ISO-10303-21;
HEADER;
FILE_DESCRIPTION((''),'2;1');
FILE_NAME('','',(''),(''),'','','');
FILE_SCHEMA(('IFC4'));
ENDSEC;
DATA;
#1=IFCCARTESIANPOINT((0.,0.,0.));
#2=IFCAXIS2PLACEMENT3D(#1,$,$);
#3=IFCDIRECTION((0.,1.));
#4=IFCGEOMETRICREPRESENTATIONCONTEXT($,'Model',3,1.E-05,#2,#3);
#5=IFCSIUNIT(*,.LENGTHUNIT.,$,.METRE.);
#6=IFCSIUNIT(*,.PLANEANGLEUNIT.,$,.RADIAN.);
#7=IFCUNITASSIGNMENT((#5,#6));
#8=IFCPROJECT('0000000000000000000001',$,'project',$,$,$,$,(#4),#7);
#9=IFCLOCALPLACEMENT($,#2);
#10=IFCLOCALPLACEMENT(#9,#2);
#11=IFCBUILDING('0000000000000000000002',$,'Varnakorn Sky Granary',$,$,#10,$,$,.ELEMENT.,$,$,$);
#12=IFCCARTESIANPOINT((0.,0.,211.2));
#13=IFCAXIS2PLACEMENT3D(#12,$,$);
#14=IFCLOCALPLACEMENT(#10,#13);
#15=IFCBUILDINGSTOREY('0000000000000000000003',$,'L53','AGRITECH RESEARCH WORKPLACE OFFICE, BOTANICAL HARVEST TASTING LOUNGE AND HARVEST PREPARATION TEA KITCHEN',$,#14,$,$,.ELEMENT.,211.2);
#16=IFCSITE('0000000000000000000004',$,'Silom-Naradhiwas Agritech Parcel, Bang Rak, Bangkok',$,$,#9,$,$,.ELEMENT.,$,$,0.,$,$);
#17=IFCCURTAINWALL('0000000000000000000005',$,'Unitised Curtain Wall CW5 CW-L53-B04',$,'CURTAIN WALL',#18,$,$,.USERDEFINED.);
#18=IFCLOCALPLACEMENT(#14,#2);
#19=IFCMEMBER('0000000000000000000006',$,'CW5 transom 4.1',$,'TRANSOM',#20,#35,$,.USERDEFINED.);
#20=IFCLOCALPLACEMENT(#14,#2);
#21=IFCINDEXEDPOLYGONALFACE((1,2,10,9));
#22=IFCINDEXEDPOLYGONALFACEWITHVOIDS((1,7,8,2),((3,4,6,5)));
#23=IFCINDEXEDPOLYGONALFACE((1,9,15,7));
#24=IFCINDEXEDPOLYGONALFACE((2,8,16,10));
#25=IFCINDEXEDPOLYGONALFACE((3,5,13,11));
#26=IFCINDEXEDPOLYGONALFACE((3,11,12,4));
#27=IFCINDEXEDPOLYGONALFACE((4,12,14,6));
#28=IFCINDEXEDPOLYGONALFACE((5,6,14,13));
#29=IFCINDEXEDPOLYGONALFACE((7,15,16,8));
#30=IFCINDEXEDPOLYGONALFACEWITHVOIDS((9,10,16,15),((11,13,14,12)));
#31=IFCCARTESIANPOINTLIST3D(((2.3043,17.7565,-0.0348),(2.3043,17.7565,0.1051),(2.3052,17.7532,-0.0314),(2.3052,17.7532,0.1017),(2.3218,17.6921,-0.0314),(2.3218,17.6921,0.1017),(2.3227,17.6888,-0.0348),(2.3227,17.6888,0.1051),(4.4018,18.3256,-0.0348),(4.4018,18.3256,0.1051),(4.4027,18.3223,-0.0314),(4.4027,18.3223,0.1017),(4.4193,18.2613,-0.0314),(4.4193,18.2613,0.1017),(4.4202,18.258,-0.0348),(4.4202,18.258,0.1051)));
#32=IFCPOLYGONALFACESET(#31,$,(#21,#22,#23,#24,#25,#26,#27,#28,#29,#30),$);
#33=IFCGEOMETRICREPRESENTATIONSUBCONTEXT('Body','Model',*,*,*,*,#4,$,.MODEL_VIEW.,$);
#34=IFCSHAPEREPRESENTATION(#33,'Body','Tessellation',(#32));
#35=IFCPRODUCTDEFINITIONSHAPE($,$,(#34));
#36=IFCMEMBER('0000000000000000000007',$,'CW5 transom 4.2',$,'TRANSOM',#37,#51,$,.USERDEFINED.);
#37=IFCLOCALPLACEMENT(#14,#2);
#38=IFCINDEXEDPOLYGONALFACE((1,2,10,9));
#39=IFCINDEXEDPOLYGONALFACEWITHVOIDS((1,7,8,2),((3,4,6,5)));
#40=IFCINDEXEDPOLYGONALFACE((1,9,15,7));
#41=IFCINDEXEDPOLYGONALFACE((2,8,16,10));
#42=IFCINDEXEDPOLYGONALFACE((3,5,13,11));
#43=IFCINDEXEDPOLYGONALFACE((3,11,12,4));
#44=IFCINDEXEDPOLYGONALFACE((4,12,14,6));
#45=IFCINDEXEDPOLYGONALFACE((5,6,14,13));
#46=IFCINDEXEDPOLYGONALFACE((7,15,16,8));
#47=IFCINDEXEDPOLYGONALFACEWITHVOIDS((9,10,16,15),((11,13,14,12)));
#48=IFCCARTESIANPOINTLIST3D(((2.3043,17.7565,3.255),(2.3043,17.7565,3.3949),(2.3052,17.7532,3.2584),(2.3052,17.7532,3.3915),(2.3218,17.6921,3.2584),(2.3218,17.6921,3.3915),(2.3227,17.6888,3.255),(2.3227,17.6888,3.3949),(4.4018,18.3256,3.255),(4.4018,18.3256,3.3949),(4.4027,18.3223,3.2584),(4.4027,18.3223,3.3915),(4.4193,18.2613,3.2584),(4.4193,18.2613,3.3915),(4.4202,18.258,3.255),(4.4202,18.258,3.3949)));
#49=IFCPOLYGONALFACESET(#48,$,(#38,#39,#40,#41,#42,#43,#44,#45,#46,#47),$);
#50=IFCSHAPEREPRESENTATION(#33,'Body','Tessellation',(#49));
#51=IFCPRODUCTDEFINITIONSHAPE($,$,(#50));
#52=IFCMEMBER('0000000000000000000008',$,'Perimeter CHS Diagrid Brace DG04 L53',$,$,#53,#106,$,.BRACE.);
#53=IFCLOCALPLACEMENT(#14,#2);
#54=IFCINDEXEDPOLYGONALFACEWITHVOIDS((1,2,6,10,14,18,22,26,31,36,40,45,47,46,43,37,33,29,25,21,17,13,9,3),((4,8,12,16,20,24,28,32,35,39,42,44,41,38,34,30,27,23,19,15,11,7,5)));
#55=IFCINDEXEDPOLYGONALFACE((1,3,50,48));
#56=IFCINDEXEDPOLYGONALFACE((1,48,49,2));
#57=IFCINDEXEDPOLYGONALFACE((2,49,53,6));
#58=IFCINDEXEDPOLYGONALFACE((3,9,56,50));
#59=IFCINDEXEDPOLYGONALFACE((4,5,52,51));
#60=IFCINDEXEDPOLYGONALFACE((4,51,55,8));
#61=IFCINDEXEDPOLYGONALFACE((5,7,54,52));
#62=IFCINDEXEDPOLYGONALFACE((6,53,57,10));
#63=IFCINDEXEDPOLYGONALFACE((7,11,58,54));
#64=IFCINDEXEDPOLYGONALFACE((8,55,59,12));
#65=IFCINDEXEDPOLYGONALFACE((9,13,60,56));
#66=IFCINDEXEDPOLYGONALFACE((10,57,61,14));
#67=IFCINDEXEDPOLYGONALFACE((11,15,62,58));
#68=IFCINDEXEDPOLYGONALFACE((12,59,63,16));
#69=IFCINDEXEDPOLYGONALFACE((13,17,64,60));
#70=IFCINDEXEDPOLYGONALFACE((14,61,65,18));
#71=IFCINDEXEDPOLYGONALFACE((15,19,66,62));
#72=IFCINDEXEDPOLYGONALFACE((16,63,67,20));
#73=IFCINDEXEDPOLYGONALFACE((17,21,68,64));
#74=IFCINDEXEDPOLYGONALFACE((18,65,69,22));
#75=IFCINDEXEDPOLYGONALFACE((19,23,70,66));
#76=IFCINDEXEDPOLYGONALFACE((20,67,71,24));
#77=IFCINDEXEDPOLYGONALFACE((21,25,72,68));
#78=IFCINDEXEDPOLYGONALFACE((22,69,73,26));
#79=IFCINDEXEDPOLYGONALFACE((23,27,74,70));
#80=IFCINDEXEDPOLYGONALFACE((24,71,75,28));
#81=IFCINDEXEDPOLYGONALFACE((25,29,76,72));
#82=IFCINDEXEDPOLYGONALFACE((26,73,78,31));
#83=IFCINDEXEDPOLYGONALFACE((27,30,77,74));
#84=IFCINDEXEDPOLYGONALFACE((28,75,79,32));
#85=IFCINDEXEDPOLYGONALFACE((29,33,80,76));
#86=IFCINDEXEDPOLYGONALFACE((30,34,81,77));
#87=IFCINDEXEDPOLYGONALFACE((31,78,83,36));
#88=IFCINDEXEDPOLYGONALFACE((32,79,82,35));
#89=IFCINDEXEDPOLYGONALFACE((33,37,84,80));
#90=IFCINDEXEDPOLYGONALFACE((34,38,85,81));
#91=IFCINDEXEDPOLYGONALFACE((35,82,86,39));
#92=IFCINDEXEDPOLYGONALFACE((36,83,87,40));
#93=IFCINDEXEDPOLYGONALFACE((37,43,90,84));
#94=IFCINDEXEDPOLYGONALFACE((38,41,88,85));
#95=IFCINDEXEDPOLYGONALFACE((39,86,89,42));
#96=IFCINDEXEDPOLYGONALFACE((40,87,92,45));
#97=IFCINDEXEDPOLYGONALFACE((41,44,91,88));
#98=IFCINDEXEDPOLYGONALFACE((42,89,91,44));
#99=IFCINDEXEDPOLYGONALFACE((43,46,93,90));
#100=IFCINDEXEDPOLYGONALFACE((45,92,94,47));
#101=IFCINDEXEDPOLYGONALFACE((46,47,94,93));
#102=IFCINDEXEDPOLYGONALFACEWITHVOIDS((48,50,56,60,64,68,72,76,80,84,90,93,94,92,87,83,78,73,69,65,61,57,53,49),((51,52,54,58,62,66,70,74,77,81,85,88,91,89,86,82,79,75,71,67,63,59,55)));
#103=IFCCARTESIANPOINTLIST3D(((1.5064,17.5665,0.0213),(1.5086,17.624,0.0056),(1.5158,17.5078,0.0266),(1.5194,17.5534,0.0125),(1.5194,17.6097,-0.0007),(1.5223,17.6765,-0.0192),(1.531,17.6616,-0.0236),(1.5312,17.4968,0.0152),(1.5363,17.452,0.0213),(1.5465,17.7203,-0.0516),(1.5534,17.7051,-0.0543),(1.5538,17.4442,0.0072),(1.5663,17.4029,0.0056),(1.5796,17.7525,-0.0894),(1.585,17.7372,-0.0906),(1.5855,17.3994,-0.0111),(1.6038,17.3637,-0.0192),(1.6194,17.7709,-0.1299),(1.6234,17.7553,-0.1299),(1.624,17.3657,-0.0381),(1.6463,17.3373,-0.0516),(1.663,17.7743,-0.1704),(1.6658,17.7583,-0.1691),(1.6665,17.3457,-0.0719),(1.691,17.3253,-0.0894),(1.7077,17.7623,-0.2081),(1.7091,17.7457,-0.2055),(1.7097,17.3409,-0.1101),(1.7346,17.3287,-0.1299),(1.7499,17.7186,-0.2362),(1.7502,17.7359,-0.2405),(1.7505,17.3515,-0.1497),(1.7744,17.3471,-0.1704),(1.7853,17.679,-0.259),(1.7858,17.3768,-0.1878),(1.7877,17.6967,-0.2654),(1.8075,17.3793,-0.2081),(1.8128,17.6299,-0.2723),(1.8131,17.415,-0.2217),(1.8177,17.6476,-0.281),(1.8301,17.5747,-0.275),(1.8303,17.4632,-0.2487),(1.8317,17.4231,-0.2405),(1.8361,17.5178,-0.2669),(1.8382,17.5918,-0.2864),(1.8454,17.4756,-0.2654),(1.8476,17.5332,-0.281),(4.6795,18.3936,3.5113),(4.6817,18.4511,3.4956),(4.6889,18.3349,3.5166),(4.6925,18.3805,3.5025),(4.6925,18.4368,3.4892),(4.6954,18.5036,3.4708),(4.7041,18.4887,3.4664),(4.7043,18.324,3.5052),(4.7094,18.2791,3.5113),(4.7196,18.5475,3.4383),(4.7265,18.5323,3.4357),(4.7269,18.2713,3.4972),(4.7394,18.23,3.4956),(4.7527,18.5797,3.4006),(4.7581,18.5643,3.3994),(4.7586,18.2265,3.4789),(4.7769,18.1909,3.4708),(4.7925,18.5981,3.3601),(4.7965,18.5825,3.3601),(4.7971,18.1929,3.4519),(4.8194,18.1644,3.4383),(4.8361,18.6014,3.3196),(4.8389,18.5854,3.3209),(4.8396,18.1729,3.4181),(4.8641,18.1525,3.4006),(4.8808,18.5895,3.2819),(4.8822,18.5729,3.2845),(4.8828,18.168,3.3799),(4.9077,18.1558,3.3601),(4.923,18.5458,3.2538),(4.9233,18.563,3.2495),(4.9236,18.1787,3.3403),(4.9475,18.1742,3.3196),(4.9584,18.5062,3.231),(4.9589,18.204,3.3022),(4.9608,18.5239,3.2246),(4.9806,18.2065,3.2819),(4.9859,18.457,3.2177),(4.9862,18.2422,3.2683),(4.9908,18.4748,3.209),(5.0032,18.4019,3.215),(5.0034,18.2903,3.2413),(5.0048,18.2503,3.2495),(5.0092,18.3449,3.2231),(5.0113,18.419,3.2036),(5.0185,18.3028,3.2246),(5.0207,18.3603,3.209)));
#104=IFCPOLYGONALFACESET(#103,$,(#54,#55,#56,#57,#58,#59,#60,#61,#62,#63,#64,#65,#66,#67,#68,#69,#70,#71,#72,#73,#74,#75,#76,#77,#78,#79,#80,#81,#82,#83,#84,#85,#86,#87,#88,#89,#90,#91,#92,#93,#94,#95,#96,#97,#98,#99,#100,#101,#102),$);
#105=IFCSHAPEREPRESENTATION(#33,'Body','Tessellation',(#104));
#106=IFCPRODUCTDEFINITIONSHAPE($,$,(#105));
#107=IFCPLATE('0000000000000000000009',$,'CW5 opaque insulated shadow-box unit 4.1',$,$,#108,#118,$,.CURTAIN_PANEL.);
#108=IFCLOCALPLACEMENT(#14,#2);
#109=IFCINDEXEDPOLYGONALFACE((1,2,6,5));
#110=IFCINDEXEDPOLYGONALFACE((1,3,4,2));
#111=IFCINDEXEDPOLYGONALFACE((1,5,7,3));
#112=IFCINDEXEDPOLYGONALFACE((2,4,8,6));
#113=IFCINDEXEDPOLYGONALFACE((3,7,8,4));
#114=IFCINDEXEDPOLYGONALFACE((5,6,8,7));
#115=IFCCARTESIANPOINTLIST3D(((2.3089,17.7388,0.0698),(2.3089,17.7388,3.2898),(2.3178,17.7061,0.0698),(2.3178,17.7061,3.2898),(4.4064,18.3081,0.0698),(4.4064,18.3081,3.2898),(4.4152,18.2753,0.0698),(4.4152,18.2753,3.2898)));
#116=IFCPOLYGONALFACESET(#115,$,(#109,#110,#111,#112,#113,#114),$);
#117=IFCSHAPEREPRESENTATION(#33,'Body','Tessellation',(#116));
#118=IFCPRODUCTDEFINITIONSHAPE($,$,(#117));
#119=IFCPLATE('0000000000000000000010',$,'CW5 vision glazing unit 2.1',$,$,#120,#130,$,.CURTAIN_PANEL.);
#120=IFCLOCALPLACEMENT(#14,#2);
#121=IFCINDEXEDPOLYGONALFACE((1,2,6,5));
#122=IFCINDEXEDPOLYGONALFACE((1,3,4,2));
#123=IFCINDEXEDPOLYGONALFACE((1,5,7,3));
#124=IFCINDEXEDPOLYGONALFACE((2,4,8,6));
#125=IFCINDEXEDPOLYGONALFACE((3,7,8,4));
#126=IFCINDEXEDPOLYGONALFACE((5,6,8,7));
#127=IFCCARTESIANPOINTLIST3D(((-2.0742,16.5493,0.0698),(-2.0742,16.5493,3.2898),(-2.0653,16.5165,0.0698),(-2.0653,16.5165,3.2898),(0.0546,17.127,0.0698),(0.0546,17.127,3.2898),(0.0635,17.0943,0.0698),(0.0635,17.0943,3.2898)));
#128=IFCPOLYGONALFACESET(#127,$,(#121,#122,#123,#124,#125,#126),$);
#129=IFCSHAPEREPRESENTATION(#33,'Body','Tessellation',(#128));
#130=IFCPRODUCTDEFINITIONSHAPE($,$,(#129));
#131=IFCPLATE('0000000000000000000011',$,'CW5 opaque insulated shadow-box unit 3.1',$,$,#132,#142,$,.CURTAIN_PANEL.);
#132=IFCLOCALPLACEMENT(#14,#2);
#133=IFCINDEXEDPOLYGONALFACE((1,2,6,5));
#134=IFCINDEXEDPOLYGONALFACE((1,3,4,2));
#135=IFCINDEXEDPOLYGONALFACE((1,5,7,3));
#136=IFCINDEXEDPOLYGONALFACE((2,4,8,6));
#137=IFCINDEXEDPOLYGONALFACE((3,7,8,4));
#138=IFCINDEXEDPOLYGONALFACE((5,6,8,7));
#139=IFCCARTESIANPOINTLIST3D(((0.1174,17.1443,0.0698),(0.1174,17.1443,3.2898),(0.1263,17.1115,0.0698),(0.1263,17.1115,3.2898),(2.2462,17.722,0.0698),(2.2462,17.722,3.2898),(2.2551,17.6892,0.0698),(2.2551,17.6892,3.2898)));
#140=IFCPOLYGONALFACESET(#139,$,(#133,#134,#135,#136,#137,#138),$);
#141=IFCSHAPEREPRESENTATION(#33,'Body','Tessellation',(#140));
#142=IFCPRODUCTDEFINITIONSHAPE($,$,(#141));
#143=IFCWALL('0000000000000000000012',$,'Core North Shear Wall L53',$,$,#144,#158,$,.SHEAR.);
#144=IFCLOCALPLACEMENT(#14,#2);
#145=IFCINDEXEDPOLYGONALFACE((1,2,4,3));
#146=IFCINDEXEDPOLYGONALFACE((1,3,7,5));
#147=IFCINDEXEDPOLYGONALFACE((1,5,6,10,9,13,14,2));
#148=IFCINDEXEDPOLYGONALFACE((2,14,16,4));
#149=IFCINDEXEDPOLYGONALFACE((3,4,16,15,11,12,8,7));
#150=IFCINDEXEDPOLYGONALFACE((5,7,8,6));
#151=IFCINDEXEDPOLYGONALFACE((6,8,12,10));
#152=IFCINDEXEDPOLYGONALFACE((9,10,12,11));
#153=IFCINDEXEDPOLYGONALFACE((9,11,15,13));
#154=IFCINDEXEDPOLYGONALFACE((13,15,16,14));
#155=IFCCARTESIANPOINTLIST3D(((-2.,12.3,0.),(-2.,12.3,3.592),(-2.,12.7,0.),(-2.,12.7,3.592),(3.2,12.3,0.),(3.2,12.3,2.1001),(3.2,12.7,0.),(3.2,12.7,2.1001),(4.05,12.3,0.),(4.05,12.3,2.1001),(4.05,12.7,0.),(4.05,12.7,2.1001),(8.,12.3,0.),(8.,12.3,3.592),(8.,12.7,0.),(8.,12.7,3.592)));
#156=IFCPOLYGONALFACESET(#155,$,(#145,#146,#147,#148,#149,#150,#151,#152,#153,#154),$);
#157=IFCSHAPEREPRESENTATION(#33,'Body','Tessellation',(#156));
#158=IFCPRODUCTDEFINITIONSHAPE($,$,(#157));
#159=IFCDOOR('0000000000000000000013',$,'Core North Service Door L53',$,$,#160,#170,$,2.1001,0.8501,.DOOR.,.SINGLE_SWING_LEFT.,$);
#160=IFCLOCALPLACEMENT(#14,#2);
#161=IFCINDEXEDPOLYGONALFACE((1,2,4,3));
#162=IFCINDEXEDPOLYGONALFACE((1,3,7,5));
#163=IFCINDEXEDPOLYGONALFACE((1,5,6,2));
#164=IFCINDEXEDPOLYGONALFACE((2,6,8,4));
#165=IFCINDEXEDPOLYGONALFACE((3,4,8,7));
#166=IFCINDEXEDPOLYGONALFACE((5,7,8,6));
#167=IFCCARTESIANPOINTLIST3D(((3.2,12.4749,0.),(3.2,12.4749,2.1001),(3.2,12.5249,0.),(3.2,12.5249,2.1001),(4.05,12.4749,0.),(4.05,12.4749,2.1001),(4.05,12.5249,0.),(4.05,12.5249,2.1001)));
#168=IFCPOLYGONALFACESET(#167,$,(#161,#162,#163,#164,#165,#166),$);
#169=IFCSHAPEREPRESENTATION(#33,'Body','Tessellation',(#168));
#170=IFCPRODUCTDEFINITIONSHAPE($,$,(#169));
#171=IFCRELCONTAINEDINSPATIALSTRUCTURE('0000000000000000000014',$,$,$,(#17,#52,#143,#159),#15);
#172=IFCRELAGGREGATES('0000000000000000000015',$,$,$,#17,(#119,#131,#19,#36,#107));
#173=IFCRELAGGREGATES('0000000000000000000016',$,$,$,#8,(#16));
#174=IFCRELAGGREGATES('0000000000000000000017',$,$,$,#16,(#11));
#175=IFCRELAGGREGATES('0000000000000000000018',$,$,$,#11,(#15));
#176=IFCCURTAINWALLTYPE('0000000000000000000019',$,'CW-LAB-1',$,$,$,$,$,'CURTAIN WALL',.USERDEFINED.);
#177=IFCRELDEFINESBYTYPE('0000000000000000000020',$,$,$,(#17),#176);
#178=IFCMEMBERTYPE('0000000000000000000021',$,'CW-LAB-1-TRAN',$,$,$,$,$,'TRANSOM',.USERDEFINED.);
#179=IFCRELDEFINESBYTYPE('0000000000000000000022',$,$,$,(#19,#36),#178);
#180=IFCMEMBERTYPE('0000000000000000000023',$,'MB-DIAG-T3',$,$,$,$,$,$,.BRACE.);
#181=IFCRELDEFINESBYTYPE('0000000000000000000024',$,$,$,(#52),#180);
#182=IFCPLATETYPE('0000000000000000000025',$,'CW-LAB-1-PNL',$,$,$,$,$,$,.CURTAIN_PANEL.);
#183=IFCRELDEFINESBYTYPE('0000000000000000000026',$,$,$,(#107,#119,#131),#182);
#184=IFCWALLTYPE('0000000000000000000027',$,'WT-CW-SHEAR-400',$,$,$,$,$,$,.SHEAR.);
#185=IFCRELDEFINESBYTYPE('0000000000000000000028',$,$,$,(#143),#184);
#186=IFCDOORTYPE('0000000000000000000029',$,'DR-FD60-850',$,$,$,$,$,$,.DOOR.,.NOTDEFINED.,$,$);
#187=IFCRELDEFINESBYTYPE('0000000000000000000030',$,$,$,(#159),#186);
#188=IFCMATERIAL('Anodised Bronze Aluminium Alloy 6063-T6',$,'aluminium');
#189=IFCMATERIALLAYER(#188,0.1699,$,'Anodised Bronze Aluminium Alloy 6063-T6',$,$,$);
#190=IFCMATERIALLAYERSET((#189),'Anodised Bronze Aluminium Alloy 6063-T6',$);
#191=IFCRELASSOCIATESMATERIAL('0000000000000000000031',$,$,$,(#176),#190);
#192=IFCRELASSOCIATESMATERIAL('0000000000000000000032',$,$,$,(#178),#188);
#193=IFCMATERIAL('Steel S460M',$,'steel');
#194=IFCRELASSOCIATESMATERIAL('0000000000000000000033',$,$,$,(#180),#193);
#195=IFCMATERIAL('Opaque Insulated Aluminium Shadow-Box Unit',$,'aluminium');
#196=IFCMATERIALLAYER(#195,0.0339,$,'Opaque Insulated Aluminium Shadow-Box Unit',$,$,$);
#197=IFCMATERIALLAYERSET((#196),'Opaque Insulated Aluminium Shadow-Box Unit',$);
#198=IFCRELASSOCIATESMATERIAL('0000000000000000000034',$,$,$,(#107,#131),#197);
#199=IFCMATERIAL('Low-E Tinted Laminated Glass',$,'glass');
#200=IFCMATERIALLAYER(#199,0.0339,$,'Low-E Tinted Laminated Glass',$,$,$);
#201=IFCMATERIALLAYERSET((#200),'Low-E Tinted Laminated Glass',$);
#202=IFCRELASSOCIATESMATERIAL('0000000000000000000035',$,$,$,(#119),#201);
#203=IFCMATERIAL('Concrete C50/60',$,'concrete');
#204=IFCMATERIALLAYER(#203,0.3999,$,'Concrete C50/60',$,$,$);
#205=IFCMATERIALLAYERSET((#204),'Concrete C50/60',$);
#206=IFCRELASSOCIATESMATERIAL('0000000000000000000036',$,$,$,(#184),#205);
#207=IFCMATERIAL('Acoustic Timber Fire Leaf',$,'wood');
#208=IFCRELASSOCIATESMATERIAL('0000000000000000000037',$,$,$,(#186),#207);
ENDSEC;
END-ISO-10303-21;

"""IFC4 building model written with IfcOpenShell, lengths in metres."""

from ifc_helpers import new_model, si_unit, direction, frame, frame_2d, origin, origin_2d, place, context, subcontext, project, spatial, rectangle, hollow_rectangle, hollow_circle, extrude, source, transform, mapped, material, layer, layer_set, material_profile, profile_set, type_object, type_shapes, element, fill, aggregate, save


model = new_model("IFC4")

# Units and contexts
model_context = context("Model", 3, precision=1e-05, world=origin(), true_north=direction((0.0, 1.0)))
body_context = subcontext(model_context, "Body", "Model", "MODEL_VIEW")
ifc_project = project(units=[si_unit("LENGTHUNIT", "METRE"), si_unit("PLANEANGLEUNIT", "RADIAN")], contexts=[model_context])

# Site, building, storey
site_placement = place(None, origin())
site = spatial("IfcSite", under=ifc_project, at=site_placement, Name="Silom-Naradhiwas Agritech Parcel, Bang Rak, Bangkok", CompositionType="ELEMENT", RefElevation=0.0)
building_placement = place(site_placement, origin())
building = spatial("IfcBuilding", under=site, at=building_placement, Name="Varnakorn Sky Granary", CompositionType="ELEMENT")
storey_placement = place(building_placement, frame((0.0, 0.0, 211.2)))
storey = spatial("IfcBuildingStorey", under=building, at=storey_placement, Name="L53", Description="AGRITECH RESEARCH WORKPLACE OFFICE, BOTANICAL HARVEST TASTING LOUNGE AND HARVEST PREPARATION TEA KITCHEN", CompositionType="ELEMENT", Elevation=211.2)

# Curtain wall, members
ifc_material_1 = material(Name="Anodised Bronze Aluminium Alloy 6063-T6", Category="aluminium")
ifc_layer_1 = layer(ifc_material_1, 0.1699, Name="Anodised Bronze Aluminium Alloy 6063-T6")
ifc_layer_set_1 = layer_set([ifc_layer_1], Name="Anodised Bronze Aluminium Alloy 6063-T6")
curtain_wall_type = type_object("IfcCurtainWallType", Name="CW-LAB-1", ElementType="CURTAIN WALL", PredefinedType="USERDEFINED", material=ifc_layer_set_1)
curtain_wall_placement = place(storey_placement, origin())
curtain_wall = element("IfcCurtainWall", 1, at=curtain_wall_placement, inside=storey, type_object=curtain_wall_type, Name="Unitised Curtain Wall CW5 CW-L53-B04", ObjectType="CURTAIN WALL", PredefinedType="USERDEFINED")
ifc_material_profile_1 = material_profile(ifc_material_1, hollow_rectangle(XDim=0.0701, YDim=0.1399, WallThickness=0.0034, at=origin_2d()), Name="ALU TRAN 70x140")
ifc_profile_set_1 = profile_set([ifc_material_profile_1], Name="Anodised Bronze Aluminium Alloy 6063-T6")
member_type_1 = type_object("IfcMemberType", Name="CW-LAB-1-TRAN", ElementType="TRANSOM", PredefinedType="USERDEFINED", material=ifc_profile_set_1)
member_1_placement = place(storey_placement, frame((2.3135, 17.7227, 0.0352), z_axis=(0.965105, 0.261862, 0.0), x_axis=(-0.261862, 0.965105, 0.0)))
member_1 = element("IfcMember", 2, at=member_1_placement, type_object=member_type_1, Name="CW5 transom 4.1", ObjectType="TRANSOM", PredefinedType="USERDEFINED", context=body_context, shape_type="SweptSolid", body=[
    extrude(hollow_rectangle(XDim=0.0701, YDim=0.1399, WallThickness=0.0034, at=origin_2d()), origin(), (0.0, 0.0, 1.0), 2.1733),
])
member_2_placement = place(storey_placement, frame((2.3135, 17.7227, 3.325), z_axis=(0.965105, 0.261862, 0.0), x_axis=(-0.261862, 0.965105, 0.0)))
member_2 = element("IfcMember", 3, at=member_2_placement, type_object=member_type_1, Name="CW5 transom 4.2", ObjectType="TRANSOM", PredefinedType="USERDEFINED", context=body_context, shape_type="SweptSolid", body=[
    extrude(hollow_rectangle(XDim=0.0701, YDim=0.1399, WallThickness=0.0034, at=origin_2d()), origin(), (0.0, 0.0, 1.0), 2.1733),
])

# Member
ifc_material_2 = material(Name="Steel S460M", Category="steel")
ifc_material_profile_2 = material_profile(ifc_material_2, hollow_circle(Radius=0.2285, WallThickness=0.0161, at=origin_2d()), Name="CHS 457x16")
ifc_profile_set_2 = profile_set([ifc_material_profile_2], Name="Steel S460M")
member_type_2 = type_object("IfcMemberType", Name="MB-DIAG-T3", PredefinedType="BRACE", material=ifc_profile_set_2)
member_3_placement = place(storey_placement, frame((1.677, 17.5498, -0.1299), z_axis=(0.662606, 0.172725, 0.72878), x_axis=(-0.252246, 0.967663, 0.0)))
element("IfcMember", 4, at=member_3_placement, inside=storey, type_object=member_type_2, Name="Perimeter CHS Diagrid Brace DG04 L53", PredefinedType="BRACE", context=body_context, shape_type="SweptSolid", body=[
    extrude(hollow_circle(Radius=0.2285, WallThickness=0.0161, at=origin_2d()), origin(), (0.0, 0.0, 1.0), 4.7888),
])

# Plates
ifc_material_3 = material(Name="Opaque Insulated Aluminium Shadow-Box Unit", Category="aluminium")
ifc_layer_2 = layer(ifc_material_3, 0.0339, Name="Opaque Insulated Aluminium Shadow-Box Unit")
ifc_layer_set_2 = layer_set([ifc_layer_2], Name="Opaque Insulated Aluminium Shadow-Box Unit")
plate_type = type_object("IfcPlateType", Name="CW-LAB-1-PNL", PredefinedType="CURTAIN_PANEL")
shared_shape_1 = source(origin(), body_context, "Body", "SweptSolid", [
    extrude(rectangle(XDim=2.1733, YDim=0.0339, at=origin_2d()), origin(), (0.0, 0.0, 1.0), 3.22),
])
plate_1_placement = place(storey_placement, frame((3.3621, 18.0071, 0.0698), z_axis=(0.0, 0.0, 1.0), x_axis=(0.96509, 0.26192, 0.0)))
plate_1 = element("IfcPlate", 5, at=plate_1_placement, type_object=plate_type, material=ifc_layer_set_2, Name="CW5 opaque insulated shadow-box unit 4.1", PredefinedType="CURTAIN_PANEL", context=body_context, shape_type="MappedRepresentation", body=[
    mapped(shared_shape_1, transform((0.0, 0.0, 0.0), x_axis=(1.0, 0.0, 0.0), y_axis=(0.0, 1.0, 0.0), z_axis=(0.0, 0.0, 1.0), scale=1.0)),
])
ifc_material_4 = material(Name="Low-E Tinted Laminated Glass", Category="glass")
ifc_layer_3 = layer(ifc_material_4, 0.0339, Name="Low-E Tinted Laminated Glass")
ifc_layer_set_3 = layer_set([ifc_layer_3], Name="Low-E Tinted Laminated Glass")
shared_shape_2 = source(origin(), body_context, "Body", "SweptSolid", [
    extrude(rectangle(XDim=2.2058, YDim=0.0339, at=origin_2d()), origin(), (0.0, 0.0, 1.0), 3.22),
])
type_shapes(plate_type, [shared_shape_1, shared_shape_2])
plate_2_placement = place(storey_placement, frame((-1.0054, 16.8218, 0.0698), z_axis=(0.0, 0.0, 1.0), x_axis=(0.96509, 0.26192, 0.0)))
plate_2 = element("IfcPlate", 6, at=plate_2_placement, type_object=plate_type, material=ifc_layer_set_3, Name="CW5 vision glazing unit 2.1", PredefinedType="CURTAIN_PANEL", context=body_context, shape_type="MappedRepresentation", body=[
    mapped(shared_shape_2, transform((0.0, 0.0, 0.0), x_axis=(1.0, 0.0, 0.0), y_axis=(0.0, 1.0, 0.0), z_axis=(0.0, 0.0, 1.0), scale=1.0)),
])
plate_3_placement = place(storey_placement, frame((1.1863, 17.4167, 0.0698), z_axis=(0.0, 0.0, 1.0), x_axis=(0.96509, 0.26192, 0.0)))
plate_3 = element("IfcPlate", 7, at=plate_3_placement, type_object=plate_type, material=ifc_layer_set_2, Name="CW5 opaque insulated shadow-box unit 3.1", PredefinedType="CURTAIN_PANEL", context=body_context, shape_type="MappedRepresentation", body=[
    mapped(shared_shape_2, transform((0.0, 0.0, 0.0), x_axis=(1.0, 0.0, 0.0), y_axis=(0.0, 1.0, 0.0), z_axis=(0.0, 0.0, 1.0), scale=1.0)),
])
aggregate(curtain_wall, [plate_2, plate_3, member_1, member_2, plate_1])

# Wall, opening, door
ifc_material_5 = material(Name="Concrete C50/60", Category="concrete")
ifc_layer_4 = layer(ifc_material_5, 0.3999, Name="Concrete C50/60")
ifc_layer_set_4 = layer_set([ifc_layer_4], Name="Concrete C50/60")
wall_type_1 = type_object("IfcWallType", Name="WT-CW-SHEAR-400", PredefinedType="SHEAR", material=ifc_layer_set_4)
wall_1_placement = place(storey_placement, frame((-2.0, 12.5, 0.0), z_axis=(0.0, 0.0, 1.0), x_axis=(1.0, 0.0, 0.0)))
wall_1 = element("IfcWall", 8, at=wall_1_placement, inside=storey, type_object=wall_type_1, Name="Core North Shear Wall L53", PredefinedType="SHEAR", context=body_context, shape_type="SweptSolid", body=[
    extrude(rectangle(XDim=10.0, YDim=0.3999, at=frame_2d((5.0, 0.0))), origin(), (0.0, 0.0, 1.0), 3.592),
])
opening_placement = place(wall_1_placement, frame((5.2, 0.0, 0.0)))
opening = element("IfcOpeningElement", 9, at=opening_placement, cuts=wall_1, PredefinedType="OPENING", context=body_context, shape_type="SweptSolid", body=[
    extrude(rectangle(XDim=0.8501, YDim=2.1001, at=frame_2d((0.425, 1.05))), frame((0.0, 0.21, 0.0), z_axis=(0.0, -1.0, 0.0), x_axis=(1.0, 0.0, 0.0)), (0.0, 0.0, 1.0), 0.4199),
])
ifc_material_6 = material(Name="Acoustic Timber Fire Leaf", Category="wood")
door_type = type_object("IfcDoorType", Name="DR-FD60-850", OperationType="NOTDEFINED", PredefinedType="DOOR", material=ifc_material_6)
door_placement = place(opening_placement, origin())
door = element("IfcDoor", 10, at=door_placement, inside=storey, type_object=door_type, Name="Core North Service Door L53", OperationType="SINGLE_SWING_LEFT", OverallHeight=2.1001, OverallWidth=0.8501, PredefinedType="DOOR", context=body_context, shape_type="SweptSolid", body=[
    extrude(rectangle(XDim=0.8501, YDim=2.1001, at=frame_2d((0.425, 1.05))), frame((0.0, 0.0249, 0.0), z_axis=(0.0, -1.0, 0.0), x_axis=(1.0, 0.0, 0.0)), (0.0, 0.0, 1.0), 0.05),
])
fill(opening, door)

save(model, "model.ifc")
